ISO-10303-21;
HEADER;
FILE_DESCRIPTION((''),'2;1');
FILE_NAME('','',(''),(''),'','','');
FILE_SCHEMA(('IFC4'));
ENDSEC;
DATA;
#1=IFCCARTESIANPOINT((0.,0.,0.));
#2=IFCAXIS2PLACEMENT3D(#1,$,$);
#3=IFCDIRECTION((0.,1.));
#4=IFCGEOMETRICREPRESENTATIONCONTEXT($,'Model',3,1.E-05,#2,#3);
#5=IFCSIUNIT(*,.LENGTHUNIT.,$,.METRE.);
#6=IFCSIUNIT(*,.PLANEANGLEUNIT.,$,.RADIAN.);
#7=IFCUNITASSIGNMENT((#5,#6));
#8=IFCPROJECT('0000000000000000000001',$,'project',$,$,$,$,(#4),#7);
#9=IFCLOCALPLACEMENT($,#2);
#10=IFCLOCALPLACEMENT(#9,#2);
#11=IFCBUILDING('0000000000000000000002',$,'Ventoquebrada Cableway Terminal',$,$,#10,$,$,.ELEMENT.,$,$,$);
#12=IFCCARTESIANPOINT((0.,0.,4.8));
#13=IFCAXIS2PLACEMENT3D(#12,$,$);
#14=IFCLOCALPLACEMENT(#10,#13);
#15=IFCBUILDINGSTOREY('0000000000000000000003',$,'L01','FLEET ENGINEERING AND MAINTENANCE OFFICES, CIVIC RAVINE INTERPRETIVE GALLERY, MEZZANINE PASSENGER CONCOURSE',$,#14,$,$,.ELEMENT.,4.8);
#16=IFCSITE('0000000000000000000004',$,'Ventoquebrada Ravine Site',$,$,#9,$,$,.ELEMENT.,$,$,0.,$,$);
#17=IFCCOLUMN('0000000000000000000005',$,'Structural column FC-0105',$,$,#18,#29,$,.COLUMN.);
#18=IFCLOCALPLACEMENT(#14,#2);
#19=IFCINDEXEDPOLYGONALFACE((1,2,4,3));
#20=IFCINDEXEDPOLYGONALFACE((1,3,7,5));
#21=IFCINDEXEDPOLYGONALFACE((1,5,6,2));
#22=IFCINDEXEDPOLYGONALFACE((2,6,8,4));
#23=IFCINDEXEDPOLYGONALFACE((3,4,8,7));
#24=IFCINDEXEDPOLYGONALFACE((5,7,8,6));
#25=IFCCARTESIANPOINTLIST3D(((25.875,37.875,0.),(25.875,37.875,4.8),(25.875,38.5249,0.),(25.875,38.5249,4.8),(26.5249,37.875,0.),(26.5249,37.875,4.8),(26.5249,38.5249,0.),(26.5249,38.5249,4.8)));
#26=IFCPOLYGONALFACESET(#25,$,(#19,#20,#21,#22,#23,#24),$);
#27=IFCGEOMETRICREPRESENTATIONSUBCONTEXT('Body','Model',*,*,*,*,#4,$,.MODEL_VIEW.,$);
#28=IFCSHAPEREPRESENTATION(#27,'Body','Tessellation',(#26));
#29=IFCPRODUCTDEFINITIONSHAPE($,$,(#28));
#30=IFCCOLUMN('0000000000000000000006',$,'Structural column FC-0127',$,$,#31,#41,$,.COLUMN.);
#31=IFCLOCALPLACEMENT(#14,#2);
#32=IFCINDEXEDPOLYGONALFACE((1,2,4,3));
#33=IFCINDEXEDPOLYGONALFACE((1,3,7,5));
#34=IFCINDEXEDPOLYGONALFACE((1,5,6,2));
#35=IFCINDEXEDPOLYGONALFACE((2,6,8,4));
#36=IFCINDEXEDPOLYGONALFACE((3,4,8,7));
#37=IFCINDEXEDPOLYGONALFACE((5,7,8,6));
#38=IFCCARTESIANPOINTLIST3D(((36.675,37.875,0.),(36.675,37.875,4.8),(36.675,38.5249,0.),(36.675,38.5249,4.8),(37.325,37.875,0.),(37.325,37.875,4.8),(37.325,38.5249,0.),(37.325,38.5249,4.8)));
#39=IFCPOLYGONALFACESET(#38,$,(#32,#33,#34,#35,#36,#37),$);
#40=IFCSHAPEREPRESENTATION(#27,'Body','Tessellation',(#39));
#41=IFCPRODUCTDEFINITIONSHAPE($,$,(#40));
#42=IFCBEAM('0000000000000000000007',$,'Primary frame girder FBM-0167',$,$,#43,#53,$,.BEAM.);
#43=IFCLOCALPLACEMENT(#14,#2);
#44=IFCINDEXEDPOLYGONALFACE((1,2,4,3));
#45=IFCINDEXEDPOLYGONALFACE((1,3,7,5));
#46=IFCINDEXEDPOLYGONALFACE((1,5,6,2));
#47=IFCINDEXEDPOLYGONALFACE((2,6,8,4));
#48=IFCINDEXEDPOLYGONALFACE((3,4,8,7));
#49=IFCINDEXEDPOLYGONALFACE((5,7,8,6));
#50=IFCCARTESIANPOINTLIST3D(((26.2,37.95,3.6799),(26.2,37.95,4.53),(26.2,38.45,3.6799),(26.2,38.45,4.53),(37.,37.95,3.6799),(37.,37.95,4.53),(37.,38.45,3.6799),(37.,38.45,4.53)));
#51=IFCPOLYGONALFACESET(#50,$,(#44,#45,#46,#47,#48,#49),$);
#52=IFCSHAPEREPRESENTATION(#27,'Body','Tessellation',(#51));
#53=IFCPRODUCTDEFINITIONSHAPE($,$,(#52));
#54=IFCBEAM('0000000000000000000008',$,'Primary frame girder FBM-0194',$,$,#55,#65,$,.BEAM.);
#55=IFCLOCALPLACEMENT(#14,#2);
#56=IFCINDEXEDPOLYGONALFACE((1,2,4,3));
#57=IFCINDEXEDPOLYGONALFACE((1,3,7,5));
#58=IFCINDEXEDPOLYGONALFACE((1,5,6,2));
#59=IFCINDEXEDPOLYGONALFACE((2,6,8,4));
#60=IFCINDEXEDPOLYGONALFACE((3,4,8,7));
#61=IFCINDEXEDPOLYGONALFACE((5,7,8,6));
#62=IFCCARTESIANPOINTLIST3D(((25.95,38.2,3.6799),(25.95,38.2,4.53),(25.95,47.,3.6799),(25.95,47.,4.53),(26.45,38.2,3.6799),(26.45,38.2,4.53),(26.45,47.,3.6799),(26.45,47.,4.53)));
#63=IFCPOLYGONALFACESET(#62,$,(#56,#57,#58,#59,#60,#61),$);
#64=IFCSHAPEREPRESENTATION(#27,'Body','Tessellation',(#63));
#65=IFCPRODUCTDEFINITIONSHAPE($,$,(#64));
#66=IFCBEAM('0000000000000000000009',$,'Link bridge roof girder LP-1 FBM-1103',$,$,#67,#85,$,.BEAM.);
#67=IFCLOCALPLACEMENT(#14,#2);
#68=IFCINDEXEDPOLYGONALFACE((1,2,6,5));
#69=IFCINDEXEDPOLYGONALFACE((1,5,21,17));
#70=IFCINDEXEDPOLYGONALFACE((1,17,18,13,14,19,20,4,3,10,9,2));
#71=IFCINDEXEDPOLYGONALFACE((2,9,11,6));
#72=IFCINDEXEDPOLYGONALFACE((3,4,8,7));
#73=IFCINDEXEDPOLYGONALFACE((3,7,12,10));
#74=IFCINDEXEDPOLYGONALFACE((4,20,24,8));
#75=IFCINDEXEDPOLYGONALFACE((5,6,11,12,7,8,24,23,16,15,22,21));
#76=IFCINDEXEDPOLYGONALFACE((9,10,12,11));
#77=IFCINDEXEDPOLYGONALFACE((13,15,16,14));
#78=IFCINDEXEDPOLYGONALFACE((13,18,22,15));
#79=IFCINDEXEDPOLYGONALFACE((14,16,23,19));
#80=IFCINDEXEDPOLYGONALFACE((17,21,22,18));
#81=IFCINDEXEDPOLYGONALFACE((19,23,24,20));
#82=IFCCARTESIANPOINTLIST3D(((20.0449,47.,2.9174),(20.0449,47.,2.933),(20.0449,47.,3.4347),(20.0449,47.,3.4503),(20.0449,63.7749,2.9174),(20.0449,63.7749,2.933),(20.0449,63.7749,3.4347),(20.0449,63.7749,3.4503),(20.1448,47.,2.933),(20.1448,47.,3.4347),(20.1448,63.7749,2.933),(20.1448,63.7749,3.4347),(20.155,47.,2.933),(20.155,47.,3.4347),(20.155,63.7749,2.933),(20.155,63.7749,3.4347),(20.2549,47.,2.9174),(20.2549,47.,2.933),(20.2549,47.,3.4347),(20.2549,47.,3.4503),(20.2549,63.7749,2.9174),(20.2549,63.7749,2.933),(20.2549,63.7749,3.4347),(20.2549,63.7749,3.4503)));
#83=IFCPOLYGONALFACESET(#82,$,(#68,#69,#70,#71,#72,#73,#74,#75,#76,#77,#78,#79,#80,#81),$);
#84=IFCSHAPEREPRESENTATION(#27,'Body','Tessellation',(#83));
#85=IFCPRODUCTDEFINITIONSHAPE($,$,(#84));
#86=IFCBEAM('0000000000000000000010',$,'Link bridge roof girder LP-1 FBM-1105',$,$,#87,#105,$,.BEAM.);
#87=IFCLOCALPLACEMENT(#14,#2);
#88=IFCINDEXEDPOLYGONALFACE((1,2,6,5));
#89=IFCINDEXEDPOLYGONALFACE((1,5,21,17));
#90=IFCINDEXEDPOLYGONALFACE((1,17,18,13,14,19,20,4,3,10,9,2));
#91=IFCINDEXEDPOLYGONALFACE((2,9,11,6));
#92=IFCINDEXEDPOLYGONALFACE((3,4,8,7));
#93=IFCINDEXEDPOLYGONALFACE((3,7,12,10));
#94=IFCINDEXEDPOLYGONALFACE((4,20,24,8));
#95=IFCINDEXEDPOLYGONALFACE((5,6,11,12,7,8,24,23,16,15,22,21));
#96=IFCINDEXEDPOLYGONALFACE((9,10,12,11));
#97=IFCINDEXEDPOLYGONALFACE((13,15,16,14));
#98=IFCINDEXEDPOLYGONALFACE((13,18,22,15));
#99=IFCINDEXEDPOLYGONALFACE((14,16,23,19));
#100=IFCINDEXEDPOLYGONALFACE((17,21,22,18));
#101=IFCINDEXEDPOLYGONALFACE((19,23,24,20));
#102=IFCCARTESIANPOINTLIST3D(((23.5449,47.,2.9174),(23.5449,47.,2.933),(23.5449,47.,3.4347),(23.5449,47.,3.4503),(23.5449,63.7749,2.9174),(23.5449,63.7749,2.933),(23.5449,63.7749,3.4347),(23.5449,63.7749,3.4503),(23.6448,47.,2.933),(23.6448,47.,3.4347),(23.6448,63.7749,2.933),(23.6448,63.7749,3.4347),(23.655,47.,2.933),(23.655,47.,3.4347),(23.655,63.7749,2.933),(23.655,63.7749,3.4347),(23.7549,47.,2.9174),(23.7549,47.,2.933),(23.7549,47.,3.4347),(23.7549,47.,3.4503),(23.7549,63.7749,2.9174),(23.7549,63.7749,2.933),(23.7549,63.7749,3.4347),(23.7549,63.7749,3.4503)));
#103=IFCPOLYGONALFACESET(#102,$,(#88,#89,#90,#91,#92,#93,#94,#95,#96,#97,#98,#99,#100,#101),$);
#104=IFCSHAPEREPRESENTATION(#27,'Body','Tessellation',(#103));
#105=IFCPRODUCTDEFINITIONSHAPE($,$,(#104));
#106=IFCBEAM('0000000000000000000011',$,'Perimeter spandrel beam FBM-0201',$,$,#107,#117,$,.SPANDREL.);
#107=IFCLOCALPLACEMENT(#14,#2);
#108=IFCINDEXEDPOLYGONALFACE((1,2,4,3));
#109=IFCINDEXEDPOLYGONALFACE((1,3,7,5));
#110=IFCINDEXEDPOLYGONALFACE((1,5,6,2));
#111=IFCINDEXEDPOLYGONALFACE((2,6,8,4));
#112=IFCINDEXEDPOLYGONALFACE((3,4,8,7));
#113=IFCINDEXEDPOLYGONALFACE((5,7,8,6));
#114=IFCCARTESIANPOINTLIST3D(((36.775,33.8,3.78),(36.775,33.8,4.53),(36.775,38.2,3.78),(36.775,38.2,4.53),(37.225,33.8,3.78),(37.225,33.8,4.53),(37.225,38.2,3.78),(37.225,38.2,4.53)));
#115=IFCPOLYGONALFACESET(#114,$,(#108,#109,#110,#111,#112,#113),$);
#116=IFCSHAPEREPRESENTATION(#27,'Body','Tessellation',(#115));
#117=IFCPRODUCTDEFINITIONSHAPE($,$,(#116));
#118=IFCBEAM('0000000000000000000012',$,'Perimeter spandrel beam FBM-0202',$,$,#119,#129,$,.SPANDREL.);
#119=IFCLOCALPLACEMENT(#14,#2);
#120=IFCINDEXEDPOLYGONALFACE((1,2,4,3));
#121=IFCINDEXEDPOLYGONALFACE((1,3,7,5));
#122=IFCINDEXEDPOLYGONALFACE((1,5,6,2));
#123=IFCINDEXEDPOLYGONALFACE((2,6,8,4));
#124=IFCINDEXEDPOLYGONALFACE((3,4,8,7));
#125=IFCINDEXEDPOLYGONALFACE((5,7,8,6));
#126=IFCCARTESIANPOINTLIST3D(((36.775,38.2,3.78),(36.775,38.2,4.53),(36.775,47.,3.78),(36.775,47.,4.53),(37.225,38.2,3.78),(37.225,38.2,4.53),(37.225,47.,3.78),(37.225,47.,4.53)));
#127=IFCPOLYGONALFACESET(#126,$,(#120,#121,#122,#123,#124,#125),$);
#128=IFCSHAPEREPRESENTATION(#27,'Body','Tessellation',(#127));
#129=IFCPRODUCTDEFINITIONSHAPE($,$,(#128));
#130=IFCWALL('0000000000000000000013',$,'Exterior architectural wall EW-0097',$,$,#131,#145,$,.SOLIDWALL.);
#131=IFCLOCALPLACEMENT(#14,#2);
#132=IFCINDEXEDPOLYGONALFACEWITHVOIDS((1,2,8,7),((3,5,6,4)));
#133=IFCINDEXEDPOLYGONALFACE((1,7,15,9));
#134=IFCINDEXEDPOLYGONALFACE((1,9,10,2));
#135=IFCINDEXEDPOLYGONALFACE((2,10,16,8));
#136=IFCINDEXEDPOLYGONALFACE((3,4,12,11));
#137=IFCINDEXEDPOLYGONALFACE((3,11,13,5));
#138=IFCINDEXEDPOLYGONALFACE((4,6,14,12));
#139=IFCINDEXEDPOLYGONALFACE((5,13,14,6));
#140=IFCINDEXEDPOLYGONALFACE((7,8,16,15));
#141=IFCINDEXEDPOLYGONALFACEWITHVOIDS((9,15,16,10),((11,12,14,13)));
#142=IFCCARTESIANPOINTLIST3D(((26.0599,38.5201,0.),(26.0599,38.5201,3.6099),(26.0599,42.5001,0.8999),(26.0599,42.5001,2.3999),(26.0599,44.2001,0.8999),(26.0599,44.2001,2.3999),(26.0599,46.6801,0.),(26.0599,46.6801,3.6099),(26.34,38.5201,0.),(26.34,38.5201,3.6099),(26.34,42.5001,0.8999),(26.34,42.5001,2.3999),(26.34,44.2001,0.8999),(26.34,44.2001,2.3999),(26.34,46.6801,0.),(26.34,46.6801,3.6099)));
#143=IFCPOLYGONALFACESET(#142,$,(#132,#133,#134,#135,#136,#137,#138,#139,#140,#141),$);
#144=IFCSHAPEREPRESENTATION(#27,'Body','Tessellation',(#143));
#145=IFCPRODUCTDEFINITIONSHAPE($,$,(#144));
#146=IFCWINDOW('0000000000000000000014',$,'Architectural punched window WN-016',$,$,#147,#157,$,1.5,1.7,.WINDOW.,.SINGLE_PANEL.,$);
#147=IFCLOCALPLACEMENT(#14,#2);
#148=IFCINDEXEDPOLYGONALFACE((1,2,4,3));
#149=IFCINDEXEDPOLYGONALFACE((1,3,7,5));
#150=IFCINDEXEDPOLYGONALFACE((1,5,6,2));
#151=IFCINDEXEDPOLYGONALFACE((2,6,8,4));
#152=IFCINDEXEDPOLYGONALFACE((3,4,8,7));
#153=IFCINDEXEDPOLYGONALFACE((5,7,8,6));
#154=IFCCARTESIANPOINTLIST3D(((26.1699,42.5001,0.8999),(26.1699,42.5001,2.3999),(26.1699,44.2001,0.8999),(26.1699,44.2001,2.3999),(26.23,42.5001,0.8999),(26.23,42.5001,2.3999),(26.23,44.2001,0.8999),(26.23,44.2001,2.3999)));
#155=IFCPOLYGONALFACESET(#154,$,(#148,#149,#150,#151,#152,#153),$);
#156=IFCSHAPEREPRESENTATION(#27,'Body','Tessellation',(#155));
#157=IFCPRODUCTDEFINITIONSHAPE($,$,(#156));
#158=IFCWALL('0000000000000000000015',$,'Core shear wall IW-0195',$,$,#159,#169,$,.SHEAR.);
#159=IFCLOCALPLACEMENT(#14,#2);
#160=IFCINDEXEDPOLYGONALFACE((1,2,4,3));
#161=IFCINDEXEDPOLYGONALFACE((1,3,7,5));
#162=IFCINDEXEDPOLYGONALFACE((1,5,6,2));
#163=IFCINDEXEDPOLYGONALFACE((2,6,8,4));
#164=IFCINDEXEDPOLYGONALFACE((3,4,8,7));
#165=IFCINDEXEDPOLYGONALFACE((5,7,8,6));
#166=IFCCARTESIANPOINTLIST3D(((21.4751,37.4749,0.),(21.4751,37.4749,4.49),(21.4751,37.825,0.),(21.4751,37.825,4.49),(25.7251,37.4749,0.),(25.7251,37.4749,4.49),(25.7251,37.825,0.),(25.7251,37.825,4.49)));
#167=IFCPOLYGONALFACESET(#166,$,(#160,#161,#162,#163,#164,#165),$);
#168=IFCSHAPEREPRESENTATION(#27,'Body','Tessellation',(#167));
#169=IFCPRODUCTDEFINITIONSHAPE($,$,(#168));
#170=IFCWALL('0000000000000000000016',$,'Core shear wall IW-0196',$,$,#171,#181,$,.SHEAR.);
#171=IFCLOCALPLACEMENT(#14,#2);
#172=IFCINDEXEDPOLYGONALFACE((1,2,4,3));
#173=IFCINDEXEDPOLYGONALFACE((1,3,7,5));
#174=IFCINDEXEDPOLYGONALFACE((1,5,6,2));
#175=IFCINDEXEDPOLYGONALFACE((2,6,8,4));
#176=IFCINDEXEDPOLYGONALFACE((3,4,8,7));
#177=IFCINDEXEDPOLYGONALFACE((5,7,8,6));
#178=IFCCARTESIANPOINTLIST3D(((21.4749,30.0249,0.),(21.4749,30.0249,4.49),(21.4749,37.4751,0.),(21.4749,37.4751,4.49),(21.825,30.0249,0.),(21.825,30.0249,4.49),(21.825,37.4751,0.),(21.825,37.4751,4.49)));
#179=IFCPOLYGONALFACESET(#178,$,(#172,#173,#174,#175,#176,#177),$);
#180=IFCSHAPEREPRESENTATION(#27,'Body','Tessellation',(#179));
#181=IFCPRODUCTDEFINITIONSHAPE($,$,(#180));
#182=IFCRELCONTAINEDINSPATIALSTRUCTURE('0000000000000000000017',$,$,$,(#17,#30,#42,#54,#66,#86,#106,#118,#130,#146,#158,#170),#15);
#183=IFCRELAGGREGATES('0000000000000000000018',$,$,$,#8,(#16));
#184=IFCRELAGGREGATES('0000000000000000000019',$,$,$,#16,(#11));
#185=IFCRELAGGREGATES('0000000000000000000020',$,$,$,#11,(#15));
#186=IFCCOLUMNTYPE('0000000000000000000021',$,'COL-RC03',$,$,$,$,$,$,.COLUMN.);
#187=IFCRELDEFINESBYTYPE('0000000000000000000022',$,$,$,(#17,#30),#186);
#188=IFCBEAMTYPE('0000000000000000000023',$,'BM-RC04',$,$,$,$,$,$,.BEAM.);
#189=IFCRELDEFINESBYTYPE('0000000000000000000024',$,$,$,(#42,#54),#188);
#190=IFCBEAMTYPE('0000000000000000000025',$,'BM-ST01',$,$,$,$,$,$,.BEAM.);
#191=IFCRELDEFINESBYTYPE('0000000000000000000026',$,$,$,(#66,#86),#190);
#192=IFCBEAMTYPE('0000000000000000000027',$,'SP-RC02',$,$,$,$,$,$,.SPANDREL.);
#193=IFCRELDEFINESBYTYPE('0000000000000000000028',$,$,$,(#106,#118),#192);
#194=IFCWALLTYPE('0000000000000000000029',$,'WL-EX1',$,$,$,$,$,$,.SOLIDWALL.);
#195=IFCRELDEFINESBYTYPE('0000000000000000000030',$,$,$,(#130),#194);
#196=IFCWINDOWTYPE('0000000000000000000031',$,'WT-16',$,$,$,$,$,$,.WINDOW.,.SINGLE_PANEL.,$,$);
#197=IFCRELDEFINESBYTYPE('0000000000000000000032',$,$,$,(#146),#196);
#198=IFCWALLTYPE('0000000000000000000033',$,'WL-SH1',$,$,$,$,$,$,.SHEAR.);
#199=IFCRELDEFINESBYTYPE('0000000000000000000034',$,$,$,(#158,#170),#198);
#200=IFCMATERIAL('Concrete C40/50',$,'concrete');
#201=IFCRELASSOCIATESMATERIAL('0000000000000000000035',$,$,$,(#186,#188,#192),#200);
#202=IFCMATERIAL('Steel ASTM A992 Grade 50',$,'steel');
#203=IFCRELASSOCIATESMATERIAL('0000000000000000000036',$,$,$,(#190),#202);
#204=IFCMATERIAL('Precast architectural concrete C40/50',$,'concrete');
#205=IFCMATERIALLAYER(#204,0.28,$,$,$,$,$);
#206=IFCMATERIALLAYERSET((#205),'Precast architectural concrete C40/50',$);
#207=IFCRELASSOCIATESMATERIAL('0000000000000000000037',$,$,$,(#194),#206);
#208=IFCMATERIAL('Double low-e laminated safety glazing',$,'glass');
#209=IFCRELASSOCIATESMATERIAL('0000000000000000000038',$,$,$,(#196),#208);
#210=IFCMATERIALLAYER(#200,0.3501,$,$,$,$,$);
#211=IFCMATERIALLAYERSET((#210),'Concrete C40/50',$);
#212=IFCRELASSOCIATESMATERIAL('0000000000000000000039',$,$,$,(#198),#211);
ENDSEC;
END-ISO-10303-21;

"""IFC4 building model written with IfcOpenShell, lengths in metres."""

from ifc_helpers import new_model, si_unit, direction, frame, frame_2d, origin, origin_2d, place, context, subcontext, project, spatial, rectangle, i_section, extrude, material, layer, layer_set, material_profile, profile_set, type_object, element, fill, save


model = new_model("IFC4")

# Units and contexts
model_context = context("Model", 3, precision=1e-05, world=origin(), true_north=direction((0.0, 1.0)))
body_context = subcontext(model_context, "Body", "Model", "MODEL_VIEW")
ifc_project = project(units=[si_unit("LENGTHUNIT", "METRE"), si_unit("PLANEANGLEUNIT", "RADIAN")], contexts=[model_context])

# Site, building, storey
site_placement = place(None, origin())
site = spatial("IfcSite", under=ifc_project, at=site_placement, Name="Ventoquebrada Ravine Site", CompositionType="ELEMENT", RefElevation=0.0)
building_placement = place(site_placement, origin())
building = spatial("IfcBuilding", under=site, at=building_placement, Name="Ventoquebrada Cableway Terminal", CompositionType="ELEMENT")
storey_placement = place(building_placement, frame((0.0, 0.0, 4.8)))
storey = spatial("IfcBuildingStorey", under=building, at=storey_placement, Name="L01", Description="FLEET ENGINEERING AND MAINTENANCE OFFICES, CIVIC RAVINE INTERPRETIVE GALLERY, MEZZANINE PASSENGER CONCOURSE", CompositionType="ELEMENT", Elevation=4.8)

# Columns
ifc_material_1 = material(Name="Concrete C40/50", Category="concrete")
ifc_material_profile_1 = material_profile(ifc_material_1, rectangle(XDim=0.6499, YDim=0.6499, at=origin_2d()), Name="RC-COL-650X650")
ifc_profile_set_1 = profile_set([ifc_material_profile_1], Name="Concrete C40/50")
column_type = type_object("IfcColumnType", Name="COL-RC03", PredefinedType="COLUMN", material=ifc_profile_set_1)
for number, where, z_axis, x_axis, name in (
    (1, (26.2, 38.2, 0.0), (0.0, 0.0, 1.0), (1.0, 0.0, 0.0), "Structural column FC-0105"),
    (2, (37.0, 38.2, 0.0), (0.0, 0.0, 1.0), (1.0, 0.0, 0.0), "Structural column FC-0127"),
):
    element("IfcColumn", number, at=place(storey_placement, frame(where, z_axis=z_axis, x_axis=x_axis)), inside=storey, type_object=column_type, Name=name, PredefinedType="COLUMN", context=body_context, shape_type="SweptSolid", body=[
        extrude(rectangle(XDim=0.6499, YDim=0.6499, at=origin_2d()), origin(), (0.0, 0.0, 1.0), 4.8),
    ])

# Beams
ifc_material_profile_2 = material_profile(ifc_material_1, rectangle(XDim=0.5, YDim=0.8501, at=origin_2d()), Name="RC-BM-500X850")
ifc_profile_set_2 = profile_set([ifc_material_profile_2], Name="Concrete C40/50")
beam_type_1 = type_object("IfcBeamType", Name="BM-RC04", PredefinedType="BEAM", material=ifc_profile_set_2)
beam_1_placement = place(storey_placement, frame((26.2, 38.2, 4.105), z_axis=(1.0, 0.0, 0.0), x_axis=(0.0, 1.0, 0.0)))
element("IfcBeam", 3, at=beam_1_placement, inside=storey, type_object=beam_type_1, Name="Primary frame girder FBM-0167", PredefinedType="BEAM", context=body_context, shape_type="SweptSolid", body=[
    extrude(rectangle(XDim=0.5, YDim=0.8501, at=origin_2d()), origin(), (0.0, 0.0, 1.0), 10.8),
])
beam_2_placement = place(storey_placement, frame((26.2, 38.2, 4.105), z_axis=(0.0, 1.0, 0.0), x_axis=(-1.0, 0.0, 0.0)))
element("IfcBeam", 4, at=beam_2_placement, inside=storey, type_object=beam_type_1, Name="Primary frame girder FBM-0194", PredefinedType="BEAM", context=body_context, shape_type="SweptSolid", body=[
    extrude(rectangle(XDim=0.5, YDim=0.8501, at=origin_2d()), origin(), (0.0, 0.0, 1.0), 8.8),
])
ifc_material_2 = material(Name="Steel ASTM A992 Grade 50", Category="steel")
ifc_material_profile_3 = material_profile(ifc_material_2, i_section(OverallWidth=0.21, OverallDepth=0.533, WebThickness=0.0103, FlangeThickness=0.0156, at=origin_2d()), Name="W21X62")
ifc_profile_set_3 = profile_set([ifc_material_profile_3], Name="Steel ASTM A992 Grade 50")
beam_type_2 = type_object("IfcBeamType", Name="BM-ST01", PredefinedType="BEAM", material=ifc_profile_set_3)
for number, where, z_axis, x_axis, name in (
    (5, (20.1499, 47.0, 3.1838), (0.0, 1.0, 0.0), (-1.0, 0.0, 0.0), "Link bridge roof girder LP-1 FBM-1103"),
    (6, (23.6499, 47.0, 3.1838), (0.0, 1.0, 0.0), (-1.0, 0.0, 0.0), "Link bridge roof girder LP-1 FBM-1105"),
):
    element("IfcBeam", number, at=place(storey_placement, frame(where, z_axis=z_axis, x_axis=x_axis)), inside=storey, type_object=beam_type_2, Name=name, PredefinedType="BEAM", context=body_context, shape_type="SweptSolid", body=[
        extrude(i_section(OverallWidth=0.21, OverallDepth=0.533, WebThickness=0.0103, FlangeThickness=0.0156, at=origin_2d()), origin(), (0.0, 0.0, 1.0), 16.7749),
    ])
ifc_material_profile_4 = material_profile(ifc_material_1, rectangle(XDim=0.45, YDim=0.75, at=origin_2d()), Name="RC-BM-450X750")
ifc_profile_set_4 = profile_set([ifc_material_profile_4], Name="Concrete C40/50")
beam_type_3 = type_object("IfcBeamType", Name="SP-RC02", PredefinedType="SPANDREL", material=ifc_profile_set_4)
beam_3_placement = place(storey_placement, frame((37.0, 33.8, 4.155), z_axis=(0.0, 1.0, 0.0), x_axis=(-1.0, 0.0, 0.0)))
element("IfcBeam", 7, at=beam_3_placement, inside=storey, type_object=beam_type_3, Name="Perimeter spandrel beam FBM-0201", PredefinedType="SPANDREL", context=body_context, shape_type="SweptSolid", body=[
    extrude(rectangle(XDim=0.45, YDim=0.75, at=origin_2d()), origin(), (0.0, 0.0, 1.0), 4.3999),
])
beam_4_placement = place(storey_placement, frame((37.0, 38.2, 4.155), z_axis=(0.0, 1.0, 0.0), x_axis=(-1.0, 0.0, 0.0)))
element("IfcBeam", 8, at=beam_4_placement, inside=storey, type_object=beam_type_3, Name="Perimeter spandrel beam FBM-0202", PredefinedType="SPANDREL", context=body_context, shape_type="SweptSolid", body=[
    extrude(rectangle(XDim=0.45, YDim=0.75, at=origin_2d()), origin(), (0.0, 0.0, 1.0), 8.8),
])

# Wall, opening, window
ifc_material_3 = material(Name="Precast architectural concrete C40/50", Category="concrete")
ifc_layer_1 = layer(ifc_material_3, 0.28)
ifc_layer_set_1 = layer_set([ifc_layer_1], Name="Precast architectural concrete C40/50")
wall_type_1 = type_object("IfcWallType", Name="WL-EX1", PredefinedType="SOLIDWALL", material=ifc_layer_set_1)
wall_1_placement = place(storey_placement, frame((26.2, 38.52, 0.0), z_axis=(0.0, 0.0, 1.0), x_axis=(0.0, 1.0, 0.0)))
wall_1 = element("IfcWall", 9, at=wall_1_placement, inside=storey, type_object=wall_type_1, Name="Exterior architectural wall EW-0097", PredefinedType="SOLIDWALL", context=body_context, shape_type="SweptSolid", body=[
    extrude(rectangle(XDim=8.1599, YDim=0.28, at=frame_2d((4.0801, 0.0))), origin(), (0.0, 0.0, 1.0), 3.6099),
])
opening_placement = place(wall_1_placement, frame((3.98, 0.0, 0.8999)))
opening = element("IfcOpeningElement", 10, at=opening_placement, cuts=wall_1, PredefinedType="OPENING", context=body_context, shape_type="SweptSolid", body=[
    extrude(rectangle(XDim=1.7, YDim=1.5, at=frame_2d((0.8501, 0.75))), frame((0.0, 0.1499, 0.0), z_axis=(0.0, -1.0, 0.0), x_axis=(1.0, 0.0, 0.0)), (0.0, 0.0, 1.0), 0.3),
])
ifc_material_4 = material(Name="Double low-e laminated safety glazing", Category="glass")
window_type = type_object("IfcWindowType", Name="WT-16", PartitioningType="SINGLE_PANEL", PredefinedType="WINDOW", material=ifc_material_4)
window_placement = place(opening_placement, origin())
window = element("IfcWindow", 11, at=window_placement, inside=storey, type_object=window_type, Name="Architectural punched window WN-016", OverallHeight=1.5, OverallWidth=1.7, PartitioningType="SINGLE_PANEL", PredefinedType="WINDOW", context=body_context, shape_type="SweptSolid", body=[
    extrude(rectangle(XDim=1.7, YDim=1.5, at=frame_2d((0.8501, 0.75))), frame((0.0, 0.03, 0.0), z_axis=(0.0, -1.0, 0.0), x_axis=(1.0, 0.0, 0.0)), (0.0, 0.0, 1.0), 0.0601),
])
fill(opening, window)

# Walls
ifc_layer_2 = layer(ifc_material_1, 0.3501)
ifc_layer_set_2 = layer_set([ifc_layer_2], Name="Concrete C40/50")
wall_type_2 = type_object("IfcWallType", Name="WL-SH1", PredefinedType="SHEAR", material=ifc_layer_set_2)
wall_2_placement = place(storey_placement, frame((25.7251, 37.6499, 0.0), z_axis=(0.0, 0.0, 1.0), x_axis=(-1.0, 0.0, 0.0)))
element("IfcWall", 12, at=wall_2_placement, inside=storey, type_object=wall_type_2, Name="Core shear wall IW-0195", PredefinedType="SHEAR", context=body_context, shape_type="SweptSolid", body=[
    extrude(rectangle(XDim=4.25, YDim=0.3501, at=frame_2d((2.125, 0.0))), origin(), (0.0, 0.0, 1.0), 4.49),
])
wall_3_placement = place(storey_placement, frame((21.6499, 37.4751, 0.0), z_axis=(0.0, 0.0, 1.0), x_axis=(0.0, -1.0, 0.0)))
element("IfcWall", 13, at=wall_3_placement, inside=storey, type_object=wall_type_2, Name="Core shear wall IW-0196", PredefinedType="SHEAR", context=body_context, shape_type="SweptSolid", body=[
    extrude(rectangle(XDim=7.4502, YDim=0.3501, at=frame_2d((3.7251, 0.0))), origin(), (0.0, 0.0, 1.0), 4.49),
])

save(model, "model.ifc")
